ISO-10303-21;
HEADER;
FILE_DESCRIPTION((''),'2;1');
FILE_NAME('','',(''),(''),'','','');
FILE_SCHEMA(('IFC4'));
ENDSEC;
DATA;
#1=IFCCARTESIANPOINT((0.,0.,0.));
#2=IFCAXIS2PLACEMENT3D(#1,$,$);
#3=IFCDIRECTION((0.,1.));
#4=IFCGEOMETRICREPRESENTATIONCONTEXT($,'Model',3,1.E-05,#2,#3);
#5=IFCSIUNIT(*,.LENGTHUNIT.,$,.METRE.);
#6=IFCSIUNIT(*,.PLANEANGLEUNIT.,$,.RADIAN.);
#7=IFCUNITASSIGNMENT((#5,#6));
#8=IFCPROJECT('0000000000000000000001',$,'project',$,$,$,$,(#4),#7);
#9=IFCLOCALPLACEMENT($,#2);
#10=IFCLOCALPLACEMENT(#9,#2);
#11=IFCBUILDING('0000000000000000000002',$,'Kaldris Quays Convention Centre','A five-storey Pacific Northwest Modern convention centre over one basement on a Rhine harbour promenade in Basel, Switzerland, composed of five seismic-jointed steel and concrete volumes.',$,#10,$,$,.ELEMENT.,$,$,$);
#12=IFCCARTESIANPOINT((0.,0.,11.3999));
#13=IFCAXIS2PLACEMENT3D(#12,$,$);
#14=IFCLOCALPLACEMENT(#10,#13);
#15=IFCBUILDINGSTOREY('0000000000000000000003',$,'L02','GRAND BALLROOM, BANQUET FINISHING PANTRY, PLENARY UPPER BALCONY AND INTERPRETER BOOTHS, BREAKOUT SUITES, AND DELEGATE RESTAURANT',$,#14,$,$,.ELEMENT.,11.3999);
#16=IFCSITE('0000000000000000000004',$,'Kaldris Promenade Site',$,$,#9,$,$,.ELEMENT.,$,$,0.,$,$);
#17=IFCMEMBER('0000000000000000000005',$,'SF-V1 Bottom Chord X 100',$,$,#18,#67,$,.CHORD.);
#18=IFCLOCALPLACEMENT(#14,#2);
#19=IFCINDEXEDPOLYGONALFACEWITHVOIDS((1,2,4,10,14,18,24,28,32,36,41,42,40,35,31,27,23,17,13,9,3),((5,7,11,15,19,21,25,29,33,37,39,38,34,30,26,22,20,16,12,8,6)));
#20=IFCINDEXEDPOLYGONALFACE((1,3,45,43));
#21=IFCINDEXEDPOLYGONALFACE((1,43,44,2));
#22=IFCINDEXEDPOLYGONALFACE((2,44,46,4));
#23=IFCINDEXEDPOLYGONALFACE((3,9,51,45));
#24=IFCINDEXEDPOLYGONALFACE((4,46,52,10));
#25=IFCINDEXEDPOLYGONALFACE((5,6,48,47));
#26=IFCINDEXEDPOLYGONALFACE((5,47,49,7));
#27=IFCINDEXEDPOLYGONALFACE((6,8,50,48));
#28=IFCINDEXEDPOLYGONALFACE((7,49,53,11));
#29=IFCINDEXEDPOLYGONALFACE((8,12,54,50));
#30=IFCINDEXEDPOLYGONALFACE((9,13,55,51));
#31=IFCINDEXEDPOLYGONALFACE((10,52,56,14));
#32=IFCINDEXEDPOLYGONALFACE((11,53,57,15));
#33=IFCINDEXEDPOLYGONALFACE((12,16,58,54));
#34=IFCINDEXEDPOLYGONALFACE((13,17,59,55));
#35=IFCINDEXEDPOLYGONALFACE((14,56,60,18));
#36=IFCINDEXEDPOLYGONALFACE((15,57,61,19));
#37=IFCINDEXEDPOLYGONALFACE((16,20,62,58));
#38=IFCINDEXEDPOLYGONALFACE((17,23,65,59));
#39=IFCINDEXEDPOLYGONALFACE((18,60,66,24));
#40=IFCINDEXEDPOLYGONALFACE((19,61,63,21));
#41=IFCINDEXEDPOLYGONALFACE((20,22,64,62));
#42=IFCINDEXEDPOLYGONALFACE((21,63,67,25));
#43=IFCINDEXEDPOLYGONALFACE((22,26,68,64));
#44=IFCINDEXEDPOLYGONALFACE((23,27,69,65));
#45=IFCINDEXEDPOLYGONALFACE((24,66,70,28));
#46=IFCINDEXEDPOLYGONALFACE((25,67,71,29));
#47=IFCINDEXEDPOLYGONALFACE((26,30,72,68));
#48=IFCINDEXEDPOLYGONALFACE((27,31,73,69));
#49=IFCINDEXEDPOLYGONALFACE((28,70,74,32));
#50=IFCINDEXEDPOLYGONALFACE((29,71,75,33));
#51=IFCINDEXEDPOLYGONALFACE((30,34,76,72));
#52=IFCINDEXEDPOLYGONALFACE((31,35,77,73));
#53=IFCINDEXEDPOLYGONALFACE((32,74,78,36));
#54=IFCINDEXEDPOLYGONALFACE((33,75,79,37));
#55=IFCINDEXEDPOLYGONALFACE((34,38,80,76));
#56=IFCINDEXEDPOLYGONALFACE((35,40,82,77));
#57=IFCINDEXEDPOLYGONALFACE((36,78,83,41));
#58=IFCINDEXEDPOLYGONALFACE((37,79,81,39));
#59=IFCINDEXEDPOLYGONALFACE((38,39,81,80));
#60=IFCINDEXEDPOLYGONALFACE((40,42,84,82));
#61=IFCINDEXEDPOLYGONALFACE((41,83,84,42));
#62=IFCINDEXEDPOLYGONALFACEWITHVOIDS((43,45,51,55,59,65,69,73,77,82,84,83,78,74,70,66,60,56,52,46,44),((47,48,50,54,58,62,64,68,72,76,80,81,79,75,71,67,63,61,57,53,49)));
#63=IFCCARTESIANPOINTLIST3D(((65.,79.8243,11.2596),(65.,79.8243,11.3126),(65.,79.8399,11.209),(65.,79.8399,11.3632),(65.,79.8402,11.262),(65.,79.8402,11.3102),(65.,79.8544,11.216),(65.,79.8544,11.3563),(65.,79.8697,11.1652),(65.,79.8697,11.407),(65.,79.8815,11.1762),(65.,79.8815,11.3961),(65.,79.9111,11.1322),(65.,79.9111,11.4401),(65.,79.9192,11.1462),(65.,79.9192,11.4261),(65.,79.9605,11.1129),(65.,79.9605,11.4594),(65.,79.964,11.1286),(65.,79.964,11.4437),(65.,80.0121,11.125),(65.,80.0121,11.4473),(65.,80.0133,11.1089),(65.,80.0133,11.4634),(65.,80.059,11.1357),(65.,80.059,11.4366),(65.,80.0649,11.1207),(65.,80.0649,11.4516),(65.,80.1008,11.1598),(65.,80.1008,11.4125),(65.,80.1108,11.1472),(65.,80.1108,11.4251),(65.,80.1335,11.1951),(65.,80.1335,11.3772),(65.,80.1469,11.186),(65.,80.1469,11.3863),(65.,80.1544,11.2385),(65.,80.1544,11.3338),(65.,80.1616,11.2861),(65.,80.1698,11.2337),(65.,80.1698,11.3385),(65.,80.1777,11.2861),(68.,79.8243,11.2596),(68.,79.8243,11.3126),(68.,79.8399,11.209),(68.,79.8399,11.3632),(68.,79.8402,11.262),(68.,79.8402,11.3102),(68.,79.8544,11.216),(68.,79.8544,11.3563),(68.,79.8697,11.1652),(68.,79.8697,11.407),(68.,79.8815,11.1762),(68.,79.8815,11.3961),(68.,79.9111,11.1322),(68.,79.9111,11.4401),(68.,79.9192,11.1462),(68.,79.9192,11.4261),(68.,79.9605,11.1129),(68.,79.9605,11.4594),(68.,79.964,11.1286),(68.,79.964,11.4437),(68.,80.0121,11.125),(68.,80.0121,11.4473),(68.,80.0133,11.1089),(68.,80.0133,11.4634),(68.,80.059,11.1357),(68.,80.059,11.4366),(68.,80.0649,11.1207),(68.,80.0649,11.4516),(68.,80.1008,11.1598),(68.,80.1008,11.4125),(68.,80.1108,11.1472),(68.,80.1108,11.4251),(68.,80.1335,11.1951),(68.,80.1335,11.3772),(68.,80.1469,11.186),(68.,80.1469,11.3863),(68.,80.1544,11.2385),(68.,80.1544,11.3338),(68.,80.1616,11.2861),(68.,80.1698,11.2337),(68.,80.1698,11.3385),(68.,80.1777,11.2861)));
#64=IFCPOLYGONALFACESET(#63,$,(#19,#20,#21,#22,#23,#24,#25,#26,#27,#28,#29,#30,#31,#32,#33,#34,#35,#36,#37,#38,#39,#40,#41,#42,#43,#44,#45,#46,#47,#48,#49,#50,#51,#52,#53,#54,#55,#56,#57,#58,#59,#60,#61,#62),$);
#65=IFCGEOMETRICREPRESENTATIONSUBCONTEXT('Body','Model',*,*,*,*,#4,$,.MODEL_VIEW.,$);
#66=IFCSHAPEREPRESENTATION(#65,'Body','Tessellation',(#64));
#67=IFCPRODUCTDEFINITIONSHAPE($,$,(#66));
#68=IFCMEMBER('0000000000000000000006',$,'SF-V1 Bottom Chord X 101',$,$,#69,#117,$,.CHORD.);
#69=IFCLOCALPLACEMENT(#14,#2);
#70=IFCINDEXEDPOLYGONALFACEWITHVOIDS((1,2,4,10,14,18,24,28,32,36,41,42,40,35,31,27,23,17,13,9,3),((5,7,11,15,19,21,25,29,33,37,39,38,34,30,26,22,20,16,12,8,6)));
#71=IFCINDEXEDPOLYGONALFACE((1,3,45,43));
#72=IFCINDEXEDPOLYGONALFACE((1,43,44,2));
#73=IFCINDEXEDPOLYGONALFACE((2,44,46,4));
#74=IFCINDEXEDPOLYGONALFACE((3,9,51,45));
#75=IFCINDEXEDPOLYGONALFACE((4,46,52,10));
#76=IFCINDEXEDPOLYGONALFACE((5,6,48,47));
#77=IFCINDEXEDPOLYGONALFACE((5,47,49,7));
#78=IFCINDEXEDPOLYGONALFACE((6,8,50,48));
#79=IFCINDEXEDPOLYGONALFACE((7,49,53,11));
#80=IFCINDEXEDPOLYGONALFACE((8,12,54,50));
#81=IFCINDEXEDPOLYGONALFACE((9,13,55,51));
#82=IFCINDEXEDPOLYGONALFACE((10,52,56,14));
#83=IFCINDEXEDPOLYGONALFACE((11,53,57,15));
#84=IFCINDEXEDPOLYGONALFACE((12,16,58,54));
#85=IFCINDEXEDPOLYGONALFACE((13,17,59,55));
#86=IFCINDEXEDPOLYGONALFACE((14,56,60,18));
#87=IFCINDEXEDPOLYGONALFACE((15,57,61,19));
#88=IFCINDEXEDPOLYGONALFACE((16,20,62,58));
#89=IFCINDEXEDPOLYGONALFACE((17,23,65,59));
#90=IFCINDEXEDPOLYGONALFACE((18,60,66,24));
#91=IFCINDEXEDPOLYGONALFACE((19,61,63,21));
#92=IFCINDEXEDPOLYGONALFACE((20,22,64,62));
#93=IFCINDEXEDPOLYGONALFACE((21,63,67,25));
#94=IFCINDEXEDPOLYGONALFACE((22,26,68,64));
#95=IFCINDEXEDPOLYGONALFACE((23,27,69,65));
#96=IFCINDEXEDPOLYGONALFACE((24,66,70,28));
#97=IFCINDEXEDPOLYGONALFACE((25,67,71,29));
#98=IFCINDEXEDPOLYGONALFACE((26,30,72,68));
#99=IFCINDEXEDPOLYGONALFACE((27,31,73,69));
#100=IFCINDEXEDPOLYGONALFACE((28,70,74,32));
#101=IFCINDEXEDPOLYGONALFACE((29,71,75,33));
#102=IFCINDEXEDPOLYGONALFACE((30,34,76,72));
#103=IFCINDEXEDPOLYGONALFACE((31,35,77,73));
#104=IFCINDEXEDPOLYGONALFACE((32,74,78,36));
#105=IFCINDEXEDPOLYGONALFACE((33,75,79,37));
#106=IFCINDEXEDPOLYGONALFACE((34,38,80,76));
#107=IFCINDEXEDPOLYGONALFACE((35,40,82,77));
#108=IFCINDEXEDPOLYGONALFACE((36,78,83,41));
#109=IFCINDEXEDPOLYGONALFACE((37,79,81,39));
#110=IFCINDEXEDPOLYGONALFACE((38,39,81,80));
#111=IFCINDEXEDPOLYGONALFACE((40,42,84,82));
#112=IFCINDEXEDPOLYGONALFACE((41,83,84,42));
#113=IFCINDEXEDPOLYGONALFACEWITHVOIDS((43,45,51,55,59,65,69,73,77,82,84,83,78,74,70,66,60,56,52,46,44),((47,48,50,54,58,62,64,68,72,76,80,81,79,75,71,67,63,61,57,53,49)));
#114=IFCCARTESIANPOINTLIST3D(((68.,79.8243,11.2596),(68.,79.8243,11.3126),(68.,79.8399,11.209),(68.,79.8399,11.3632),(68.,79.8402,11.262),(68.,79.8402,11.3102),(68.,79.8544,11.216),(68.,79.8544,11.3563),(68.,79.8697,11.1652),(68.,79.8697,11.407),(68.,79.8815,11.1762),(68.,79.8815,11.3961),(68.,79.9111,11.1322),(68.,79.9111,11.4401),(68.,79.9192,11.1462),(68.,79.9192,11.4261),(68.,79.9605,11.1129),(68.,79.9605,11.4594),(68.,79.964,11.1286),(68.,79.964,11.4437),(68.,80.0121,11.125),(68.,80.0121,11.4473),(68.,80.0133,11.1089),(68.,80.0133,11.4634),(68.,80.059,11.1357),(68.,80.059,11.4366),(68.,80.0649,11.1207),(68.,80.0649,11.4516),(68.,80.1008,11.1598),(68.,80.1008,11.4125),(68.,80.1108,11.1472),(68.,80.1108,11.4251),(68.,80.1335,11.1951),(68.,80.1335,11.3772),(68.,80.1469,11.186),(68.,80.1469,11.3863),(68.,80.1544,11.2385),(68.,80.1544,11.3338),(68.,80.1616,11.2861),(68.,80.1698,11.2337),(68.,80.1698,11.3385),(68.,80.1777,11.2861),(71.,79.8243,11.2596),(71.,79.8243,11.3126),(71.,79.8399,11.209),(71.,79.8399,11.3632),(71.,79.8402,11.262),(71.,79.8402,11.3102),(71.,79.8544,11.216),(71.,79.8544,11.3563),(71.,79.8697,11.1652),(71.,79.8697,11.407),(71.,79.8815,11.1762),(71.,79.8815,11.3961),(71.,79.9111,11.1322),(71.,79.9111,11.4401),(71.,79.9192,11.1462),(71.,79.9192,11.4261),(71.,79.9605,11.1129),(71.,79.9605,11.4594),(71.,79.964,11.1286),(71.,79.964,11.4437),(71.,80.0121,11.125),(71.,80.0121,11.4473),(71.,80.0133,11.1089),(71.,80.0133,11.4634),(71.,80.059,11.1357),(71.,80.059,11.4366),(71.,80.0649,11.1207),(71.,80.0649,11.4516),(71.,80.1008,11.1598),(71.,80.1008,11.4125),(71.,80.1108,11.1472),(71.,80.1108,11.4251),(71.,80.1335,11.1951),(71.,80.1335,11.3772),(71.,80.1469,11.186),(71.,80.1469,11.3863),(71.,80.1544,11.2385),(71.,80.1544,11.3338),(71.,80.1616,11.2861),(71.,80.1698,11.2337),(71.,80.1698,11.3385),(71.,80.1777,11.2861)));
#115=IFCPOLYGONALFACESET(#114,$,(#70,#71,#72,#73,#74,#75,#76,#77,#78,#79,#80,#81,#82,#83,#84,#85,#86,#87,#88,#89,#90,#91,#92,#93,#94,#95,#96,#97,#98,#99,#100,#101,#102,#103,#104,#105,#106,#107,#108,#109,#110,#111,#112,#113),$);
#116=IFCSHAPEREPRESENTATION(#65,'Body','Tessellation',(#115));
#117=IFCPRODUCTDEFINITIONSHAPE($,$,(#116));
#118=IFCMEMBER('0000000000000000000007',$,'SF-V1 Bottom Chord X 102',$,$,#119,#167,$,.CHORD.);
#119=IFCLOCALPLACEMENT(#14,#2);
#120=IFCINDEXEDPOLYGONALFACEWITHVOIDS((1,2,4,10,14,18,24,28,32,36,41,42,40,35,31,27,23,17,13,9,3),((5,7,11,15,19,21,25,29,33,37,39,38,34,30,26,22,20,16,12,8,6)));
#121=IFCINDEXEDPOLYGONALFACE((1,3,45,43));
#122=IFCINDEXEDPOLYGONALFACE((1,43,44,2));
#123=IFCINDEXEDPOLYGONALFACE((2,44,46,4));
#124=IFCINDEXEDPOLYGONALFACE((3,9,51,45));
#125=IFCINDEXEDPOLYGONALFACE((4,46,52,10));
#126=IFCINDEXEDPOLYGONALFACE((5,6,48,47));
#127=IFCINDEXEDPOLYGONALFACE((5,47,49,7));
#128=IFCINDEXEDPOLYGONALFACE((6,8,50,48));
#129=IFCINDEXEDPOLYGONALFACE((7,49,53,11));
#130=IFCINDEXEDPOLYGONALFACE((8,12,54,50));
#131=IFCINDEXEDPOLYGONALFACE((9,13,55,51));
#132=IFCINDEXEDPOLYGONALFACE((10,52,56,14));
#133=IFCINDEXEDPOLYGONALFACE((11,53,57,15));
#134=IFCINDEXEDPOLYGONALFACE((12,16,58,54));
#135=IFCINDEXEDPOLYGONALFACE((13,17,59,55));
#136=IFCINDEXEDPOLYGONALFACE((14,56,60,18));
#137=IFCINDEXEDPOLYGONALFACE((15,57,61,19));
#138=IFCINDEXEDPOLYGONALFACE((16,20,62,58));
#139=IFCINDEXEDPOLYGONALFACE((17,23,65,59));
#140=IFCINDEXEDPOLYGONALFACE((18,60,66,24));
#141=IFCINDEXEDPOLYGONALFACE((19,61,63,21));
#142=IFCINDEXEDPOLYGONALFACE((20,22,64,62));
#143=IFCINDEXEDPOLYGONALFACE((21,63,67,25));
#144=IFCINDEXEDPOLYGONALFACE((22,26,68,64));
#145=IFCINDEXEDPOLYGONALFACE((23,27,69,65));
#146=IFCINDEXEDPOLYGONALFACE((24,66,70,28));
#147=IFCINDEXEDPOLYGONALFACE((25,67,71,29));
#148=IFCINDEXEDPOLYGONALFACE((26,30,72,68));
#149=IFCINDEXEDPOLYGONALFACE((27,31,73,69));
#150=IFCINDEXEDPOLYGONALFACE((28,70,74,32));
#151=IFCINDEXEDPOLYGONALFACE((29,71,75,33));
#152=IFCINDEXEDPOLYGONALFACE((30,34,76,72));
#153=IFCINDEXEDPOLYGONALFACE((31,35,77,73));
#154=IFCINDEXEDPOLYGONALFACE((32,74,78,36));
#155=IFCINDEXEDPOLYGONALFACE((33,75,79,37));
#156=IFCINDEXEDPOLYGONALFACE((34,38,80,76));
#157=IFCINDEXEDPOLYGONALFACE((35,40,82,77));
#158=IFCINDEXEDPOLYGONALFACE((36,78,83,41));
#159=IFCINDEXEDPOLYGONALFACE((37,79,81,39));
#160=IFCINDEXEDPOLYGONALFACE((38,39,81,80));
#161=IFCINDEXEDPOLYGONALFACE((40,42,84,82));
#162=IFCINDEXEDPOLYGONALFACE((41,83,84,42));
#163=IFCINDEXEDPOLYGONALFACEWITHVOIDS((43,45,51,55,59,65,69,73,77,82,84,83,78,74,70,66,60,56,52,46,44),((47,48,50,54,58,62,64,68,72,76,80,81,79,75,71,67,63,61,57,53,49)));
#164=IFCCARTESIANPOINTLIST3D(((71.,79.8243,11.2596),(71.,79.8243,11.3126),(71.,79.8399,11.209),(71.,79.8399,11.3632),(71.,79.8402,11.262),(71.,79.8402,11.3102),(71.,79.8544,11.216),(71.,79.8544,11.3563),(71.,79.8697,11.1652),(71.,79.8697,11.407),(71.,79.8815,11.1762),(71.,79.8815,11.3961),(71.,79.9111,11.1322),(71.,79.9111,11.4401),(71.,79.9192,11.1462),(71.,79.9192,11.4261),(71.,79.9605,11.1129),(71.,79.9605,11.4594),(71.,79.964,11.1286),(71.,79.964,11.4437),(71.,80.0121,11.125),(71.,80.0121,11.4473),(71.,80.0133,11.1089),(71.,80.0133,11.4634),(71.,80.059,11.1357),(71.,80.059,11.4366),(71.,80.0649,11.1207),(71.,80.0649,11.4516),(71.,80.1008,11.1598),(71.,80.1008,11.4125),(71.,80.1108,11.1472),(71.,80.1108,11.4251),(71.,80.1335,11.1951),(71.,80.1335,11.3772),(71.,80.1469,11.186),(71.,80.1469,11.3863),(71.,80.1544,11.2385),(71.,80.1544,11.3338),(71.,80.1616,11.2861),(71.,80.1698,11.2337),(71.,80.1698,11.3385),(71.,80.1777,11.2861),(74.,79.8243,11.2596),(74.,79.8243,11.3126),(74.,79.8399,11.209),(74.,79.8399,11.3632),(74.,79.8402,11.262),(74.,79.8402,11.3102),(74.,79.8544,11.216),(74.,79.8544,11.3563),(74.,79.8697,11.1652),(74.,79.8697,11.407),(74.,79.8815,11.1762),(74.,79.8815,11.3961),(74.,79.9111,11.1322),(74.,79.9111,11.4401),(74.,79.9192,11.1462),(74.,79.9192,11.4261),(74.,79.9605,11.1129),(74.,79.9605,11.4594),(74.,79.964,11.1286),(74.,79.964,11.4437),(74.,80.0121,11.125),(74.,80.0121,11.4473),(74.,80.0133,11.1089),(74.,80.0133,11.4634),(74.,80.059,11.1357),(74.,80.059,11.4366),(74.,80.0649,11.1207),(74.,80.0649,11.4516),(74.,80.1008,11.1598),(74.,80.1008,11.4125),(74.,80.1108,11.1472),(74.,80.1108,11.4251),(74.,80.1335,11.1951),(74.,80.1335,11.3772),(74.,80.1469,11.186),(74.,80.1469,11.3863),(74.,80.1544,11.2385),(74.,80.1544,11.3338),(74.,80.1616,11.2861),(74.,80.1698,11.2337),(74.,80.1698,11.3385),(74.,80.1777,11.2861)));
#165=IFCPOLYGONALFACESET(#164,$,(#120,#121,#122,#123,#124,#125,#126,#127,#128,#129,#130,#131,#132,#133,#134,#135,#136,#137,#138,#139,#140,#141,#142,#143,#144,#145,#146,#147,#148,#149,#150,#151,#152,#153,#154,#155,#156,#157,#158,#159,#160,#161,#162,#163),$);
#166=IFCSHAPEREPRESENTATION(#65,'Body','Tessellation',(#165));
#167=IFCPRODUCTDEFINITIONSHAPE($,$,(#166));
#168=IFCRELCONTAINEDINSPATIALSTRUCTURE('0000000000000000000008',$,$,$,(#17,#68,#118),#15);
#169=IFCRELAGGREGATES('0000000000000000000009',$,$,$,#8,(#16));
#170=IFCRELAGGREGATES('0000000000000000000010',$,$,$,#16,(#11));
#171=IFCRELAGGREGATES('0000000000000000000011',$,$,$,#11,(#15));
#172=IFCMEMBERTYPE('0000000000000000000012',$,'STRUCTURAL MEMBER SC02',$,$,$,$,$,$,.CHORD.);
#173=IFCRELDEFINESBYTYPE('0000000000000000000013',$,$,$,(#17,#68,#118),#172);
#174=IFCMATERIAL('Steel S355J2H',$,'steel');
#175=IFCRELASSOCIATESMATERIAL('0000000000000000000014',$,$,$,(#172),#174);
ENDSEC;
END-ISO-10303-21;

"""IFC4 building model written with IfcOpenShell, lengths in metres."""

from ifc_helpers import new_model, si_unit, direction, frame, origin, origin_2d, place, context, subcontext, project, spatial, hollow_circle, extrude, material, material_profile, profile_set, type_object, element, save


model = new_model("IFC4")

# Units and contexts
model_context = context("Model", 3, precision=1e-05, world=origin(), true_north=direction((0.0, 1.0)))
body_context = subcontext(model_context, "Body", "Model", "MODEL_VIEW")
ifc_project = project(units=[si_unit("LENGTHUNIT", "METRE"), si_unit("PLANEANGLEUNIT", "RADIAN")], contexts=[model_context])

# Site, building, storey
site_placement = place(None, origin())
site = spatial("IfcSite", under=ifc_project, at=site_placement, Name="Kaldris Promenade Site", CompositionType="ELEMENT", RefElevation=0.0)
building_placement = place(site_placement, origin())
building = spatial("IfcBuilding", under=site, at=building_placement, Name="Kaldris Quays Convention Centre", Description="A five-storey Pacific Northwest Modern convention centre over one basement on a Rhine harbour promenade in Basel, Switzerland, composed of five seismic-jointed steel and concrete volumes.", CompositionType="ELEMENT")
storey_placement = place(building_placement, frame((0.0, 0.0, 11.3999)))
storey = spatial("IfcBuildingStorey", under=building, at=storey_placement, Name="L02", Description="GRAND BALLROOM, BANQUET FINISHING PANTRY, PLENARY UPPER BALCONY AND INTERPRETER BOOTHS, BREAKOUT SUITES, AND DELEGATE RESTAURANT", CompositionType="ELEMENT", Elevation=11.3999)

# Members
ifc_material_1 = material(Name="Steel S355J2H", Category="steel")
ifc_material_profile_1 = material_profile(ifc_material_1, hollow_circle(Radius=0.1777, WallThickness=0.0161, at=origin_2d()), Name="CHS 355.6x16")
ifc_profile_set_1 = profile_set([ifc_material_profile_1], Name="Steel S355J2H")
member_type_1 = type_object("IfcMemberType", Name="STRUCTURAL MEMBER SC02", PredefinedType="CHORD", material=ifc_profile_set_1)
for number, where, z_axis, x_axis, name in (
    (1, (65.0, 80.0, 11.2861), (1.0, 0.0, 0.0), (0.0, 1.0, 0.0), "SF-V1 Bottom Chord X 100"),
    (2, (68.0, 80.0, 11.2861), (1.0, 0.0, 0.0), (0.0, 1.0, 0.0), "SF-V1 Bottom Chord X 101"),
    (3, (71.0, 80.0, 11.2861), (1.0, 0.0, 0.0), (0.0, 1.0, 0.0), "SF-V1 Bottom Chord X 102"),
):
    element("IfcMember", number, at=place(storey_placement, frame(where, z_axis=z_axis, x_axis=x_axis)), inside=storey, type_object=member_type_1, Name=name, PredefinedType="CHORD", context=body_context, shape_type="SweptSolid", body=[
        extrude(hollow_circle(Radius=0.1777, WallThickness=0.0161, at=origin_2d()), origin(), (0.0, 0.0, 1.0), 3.0),
    ])

save(model, "model.ifc")
